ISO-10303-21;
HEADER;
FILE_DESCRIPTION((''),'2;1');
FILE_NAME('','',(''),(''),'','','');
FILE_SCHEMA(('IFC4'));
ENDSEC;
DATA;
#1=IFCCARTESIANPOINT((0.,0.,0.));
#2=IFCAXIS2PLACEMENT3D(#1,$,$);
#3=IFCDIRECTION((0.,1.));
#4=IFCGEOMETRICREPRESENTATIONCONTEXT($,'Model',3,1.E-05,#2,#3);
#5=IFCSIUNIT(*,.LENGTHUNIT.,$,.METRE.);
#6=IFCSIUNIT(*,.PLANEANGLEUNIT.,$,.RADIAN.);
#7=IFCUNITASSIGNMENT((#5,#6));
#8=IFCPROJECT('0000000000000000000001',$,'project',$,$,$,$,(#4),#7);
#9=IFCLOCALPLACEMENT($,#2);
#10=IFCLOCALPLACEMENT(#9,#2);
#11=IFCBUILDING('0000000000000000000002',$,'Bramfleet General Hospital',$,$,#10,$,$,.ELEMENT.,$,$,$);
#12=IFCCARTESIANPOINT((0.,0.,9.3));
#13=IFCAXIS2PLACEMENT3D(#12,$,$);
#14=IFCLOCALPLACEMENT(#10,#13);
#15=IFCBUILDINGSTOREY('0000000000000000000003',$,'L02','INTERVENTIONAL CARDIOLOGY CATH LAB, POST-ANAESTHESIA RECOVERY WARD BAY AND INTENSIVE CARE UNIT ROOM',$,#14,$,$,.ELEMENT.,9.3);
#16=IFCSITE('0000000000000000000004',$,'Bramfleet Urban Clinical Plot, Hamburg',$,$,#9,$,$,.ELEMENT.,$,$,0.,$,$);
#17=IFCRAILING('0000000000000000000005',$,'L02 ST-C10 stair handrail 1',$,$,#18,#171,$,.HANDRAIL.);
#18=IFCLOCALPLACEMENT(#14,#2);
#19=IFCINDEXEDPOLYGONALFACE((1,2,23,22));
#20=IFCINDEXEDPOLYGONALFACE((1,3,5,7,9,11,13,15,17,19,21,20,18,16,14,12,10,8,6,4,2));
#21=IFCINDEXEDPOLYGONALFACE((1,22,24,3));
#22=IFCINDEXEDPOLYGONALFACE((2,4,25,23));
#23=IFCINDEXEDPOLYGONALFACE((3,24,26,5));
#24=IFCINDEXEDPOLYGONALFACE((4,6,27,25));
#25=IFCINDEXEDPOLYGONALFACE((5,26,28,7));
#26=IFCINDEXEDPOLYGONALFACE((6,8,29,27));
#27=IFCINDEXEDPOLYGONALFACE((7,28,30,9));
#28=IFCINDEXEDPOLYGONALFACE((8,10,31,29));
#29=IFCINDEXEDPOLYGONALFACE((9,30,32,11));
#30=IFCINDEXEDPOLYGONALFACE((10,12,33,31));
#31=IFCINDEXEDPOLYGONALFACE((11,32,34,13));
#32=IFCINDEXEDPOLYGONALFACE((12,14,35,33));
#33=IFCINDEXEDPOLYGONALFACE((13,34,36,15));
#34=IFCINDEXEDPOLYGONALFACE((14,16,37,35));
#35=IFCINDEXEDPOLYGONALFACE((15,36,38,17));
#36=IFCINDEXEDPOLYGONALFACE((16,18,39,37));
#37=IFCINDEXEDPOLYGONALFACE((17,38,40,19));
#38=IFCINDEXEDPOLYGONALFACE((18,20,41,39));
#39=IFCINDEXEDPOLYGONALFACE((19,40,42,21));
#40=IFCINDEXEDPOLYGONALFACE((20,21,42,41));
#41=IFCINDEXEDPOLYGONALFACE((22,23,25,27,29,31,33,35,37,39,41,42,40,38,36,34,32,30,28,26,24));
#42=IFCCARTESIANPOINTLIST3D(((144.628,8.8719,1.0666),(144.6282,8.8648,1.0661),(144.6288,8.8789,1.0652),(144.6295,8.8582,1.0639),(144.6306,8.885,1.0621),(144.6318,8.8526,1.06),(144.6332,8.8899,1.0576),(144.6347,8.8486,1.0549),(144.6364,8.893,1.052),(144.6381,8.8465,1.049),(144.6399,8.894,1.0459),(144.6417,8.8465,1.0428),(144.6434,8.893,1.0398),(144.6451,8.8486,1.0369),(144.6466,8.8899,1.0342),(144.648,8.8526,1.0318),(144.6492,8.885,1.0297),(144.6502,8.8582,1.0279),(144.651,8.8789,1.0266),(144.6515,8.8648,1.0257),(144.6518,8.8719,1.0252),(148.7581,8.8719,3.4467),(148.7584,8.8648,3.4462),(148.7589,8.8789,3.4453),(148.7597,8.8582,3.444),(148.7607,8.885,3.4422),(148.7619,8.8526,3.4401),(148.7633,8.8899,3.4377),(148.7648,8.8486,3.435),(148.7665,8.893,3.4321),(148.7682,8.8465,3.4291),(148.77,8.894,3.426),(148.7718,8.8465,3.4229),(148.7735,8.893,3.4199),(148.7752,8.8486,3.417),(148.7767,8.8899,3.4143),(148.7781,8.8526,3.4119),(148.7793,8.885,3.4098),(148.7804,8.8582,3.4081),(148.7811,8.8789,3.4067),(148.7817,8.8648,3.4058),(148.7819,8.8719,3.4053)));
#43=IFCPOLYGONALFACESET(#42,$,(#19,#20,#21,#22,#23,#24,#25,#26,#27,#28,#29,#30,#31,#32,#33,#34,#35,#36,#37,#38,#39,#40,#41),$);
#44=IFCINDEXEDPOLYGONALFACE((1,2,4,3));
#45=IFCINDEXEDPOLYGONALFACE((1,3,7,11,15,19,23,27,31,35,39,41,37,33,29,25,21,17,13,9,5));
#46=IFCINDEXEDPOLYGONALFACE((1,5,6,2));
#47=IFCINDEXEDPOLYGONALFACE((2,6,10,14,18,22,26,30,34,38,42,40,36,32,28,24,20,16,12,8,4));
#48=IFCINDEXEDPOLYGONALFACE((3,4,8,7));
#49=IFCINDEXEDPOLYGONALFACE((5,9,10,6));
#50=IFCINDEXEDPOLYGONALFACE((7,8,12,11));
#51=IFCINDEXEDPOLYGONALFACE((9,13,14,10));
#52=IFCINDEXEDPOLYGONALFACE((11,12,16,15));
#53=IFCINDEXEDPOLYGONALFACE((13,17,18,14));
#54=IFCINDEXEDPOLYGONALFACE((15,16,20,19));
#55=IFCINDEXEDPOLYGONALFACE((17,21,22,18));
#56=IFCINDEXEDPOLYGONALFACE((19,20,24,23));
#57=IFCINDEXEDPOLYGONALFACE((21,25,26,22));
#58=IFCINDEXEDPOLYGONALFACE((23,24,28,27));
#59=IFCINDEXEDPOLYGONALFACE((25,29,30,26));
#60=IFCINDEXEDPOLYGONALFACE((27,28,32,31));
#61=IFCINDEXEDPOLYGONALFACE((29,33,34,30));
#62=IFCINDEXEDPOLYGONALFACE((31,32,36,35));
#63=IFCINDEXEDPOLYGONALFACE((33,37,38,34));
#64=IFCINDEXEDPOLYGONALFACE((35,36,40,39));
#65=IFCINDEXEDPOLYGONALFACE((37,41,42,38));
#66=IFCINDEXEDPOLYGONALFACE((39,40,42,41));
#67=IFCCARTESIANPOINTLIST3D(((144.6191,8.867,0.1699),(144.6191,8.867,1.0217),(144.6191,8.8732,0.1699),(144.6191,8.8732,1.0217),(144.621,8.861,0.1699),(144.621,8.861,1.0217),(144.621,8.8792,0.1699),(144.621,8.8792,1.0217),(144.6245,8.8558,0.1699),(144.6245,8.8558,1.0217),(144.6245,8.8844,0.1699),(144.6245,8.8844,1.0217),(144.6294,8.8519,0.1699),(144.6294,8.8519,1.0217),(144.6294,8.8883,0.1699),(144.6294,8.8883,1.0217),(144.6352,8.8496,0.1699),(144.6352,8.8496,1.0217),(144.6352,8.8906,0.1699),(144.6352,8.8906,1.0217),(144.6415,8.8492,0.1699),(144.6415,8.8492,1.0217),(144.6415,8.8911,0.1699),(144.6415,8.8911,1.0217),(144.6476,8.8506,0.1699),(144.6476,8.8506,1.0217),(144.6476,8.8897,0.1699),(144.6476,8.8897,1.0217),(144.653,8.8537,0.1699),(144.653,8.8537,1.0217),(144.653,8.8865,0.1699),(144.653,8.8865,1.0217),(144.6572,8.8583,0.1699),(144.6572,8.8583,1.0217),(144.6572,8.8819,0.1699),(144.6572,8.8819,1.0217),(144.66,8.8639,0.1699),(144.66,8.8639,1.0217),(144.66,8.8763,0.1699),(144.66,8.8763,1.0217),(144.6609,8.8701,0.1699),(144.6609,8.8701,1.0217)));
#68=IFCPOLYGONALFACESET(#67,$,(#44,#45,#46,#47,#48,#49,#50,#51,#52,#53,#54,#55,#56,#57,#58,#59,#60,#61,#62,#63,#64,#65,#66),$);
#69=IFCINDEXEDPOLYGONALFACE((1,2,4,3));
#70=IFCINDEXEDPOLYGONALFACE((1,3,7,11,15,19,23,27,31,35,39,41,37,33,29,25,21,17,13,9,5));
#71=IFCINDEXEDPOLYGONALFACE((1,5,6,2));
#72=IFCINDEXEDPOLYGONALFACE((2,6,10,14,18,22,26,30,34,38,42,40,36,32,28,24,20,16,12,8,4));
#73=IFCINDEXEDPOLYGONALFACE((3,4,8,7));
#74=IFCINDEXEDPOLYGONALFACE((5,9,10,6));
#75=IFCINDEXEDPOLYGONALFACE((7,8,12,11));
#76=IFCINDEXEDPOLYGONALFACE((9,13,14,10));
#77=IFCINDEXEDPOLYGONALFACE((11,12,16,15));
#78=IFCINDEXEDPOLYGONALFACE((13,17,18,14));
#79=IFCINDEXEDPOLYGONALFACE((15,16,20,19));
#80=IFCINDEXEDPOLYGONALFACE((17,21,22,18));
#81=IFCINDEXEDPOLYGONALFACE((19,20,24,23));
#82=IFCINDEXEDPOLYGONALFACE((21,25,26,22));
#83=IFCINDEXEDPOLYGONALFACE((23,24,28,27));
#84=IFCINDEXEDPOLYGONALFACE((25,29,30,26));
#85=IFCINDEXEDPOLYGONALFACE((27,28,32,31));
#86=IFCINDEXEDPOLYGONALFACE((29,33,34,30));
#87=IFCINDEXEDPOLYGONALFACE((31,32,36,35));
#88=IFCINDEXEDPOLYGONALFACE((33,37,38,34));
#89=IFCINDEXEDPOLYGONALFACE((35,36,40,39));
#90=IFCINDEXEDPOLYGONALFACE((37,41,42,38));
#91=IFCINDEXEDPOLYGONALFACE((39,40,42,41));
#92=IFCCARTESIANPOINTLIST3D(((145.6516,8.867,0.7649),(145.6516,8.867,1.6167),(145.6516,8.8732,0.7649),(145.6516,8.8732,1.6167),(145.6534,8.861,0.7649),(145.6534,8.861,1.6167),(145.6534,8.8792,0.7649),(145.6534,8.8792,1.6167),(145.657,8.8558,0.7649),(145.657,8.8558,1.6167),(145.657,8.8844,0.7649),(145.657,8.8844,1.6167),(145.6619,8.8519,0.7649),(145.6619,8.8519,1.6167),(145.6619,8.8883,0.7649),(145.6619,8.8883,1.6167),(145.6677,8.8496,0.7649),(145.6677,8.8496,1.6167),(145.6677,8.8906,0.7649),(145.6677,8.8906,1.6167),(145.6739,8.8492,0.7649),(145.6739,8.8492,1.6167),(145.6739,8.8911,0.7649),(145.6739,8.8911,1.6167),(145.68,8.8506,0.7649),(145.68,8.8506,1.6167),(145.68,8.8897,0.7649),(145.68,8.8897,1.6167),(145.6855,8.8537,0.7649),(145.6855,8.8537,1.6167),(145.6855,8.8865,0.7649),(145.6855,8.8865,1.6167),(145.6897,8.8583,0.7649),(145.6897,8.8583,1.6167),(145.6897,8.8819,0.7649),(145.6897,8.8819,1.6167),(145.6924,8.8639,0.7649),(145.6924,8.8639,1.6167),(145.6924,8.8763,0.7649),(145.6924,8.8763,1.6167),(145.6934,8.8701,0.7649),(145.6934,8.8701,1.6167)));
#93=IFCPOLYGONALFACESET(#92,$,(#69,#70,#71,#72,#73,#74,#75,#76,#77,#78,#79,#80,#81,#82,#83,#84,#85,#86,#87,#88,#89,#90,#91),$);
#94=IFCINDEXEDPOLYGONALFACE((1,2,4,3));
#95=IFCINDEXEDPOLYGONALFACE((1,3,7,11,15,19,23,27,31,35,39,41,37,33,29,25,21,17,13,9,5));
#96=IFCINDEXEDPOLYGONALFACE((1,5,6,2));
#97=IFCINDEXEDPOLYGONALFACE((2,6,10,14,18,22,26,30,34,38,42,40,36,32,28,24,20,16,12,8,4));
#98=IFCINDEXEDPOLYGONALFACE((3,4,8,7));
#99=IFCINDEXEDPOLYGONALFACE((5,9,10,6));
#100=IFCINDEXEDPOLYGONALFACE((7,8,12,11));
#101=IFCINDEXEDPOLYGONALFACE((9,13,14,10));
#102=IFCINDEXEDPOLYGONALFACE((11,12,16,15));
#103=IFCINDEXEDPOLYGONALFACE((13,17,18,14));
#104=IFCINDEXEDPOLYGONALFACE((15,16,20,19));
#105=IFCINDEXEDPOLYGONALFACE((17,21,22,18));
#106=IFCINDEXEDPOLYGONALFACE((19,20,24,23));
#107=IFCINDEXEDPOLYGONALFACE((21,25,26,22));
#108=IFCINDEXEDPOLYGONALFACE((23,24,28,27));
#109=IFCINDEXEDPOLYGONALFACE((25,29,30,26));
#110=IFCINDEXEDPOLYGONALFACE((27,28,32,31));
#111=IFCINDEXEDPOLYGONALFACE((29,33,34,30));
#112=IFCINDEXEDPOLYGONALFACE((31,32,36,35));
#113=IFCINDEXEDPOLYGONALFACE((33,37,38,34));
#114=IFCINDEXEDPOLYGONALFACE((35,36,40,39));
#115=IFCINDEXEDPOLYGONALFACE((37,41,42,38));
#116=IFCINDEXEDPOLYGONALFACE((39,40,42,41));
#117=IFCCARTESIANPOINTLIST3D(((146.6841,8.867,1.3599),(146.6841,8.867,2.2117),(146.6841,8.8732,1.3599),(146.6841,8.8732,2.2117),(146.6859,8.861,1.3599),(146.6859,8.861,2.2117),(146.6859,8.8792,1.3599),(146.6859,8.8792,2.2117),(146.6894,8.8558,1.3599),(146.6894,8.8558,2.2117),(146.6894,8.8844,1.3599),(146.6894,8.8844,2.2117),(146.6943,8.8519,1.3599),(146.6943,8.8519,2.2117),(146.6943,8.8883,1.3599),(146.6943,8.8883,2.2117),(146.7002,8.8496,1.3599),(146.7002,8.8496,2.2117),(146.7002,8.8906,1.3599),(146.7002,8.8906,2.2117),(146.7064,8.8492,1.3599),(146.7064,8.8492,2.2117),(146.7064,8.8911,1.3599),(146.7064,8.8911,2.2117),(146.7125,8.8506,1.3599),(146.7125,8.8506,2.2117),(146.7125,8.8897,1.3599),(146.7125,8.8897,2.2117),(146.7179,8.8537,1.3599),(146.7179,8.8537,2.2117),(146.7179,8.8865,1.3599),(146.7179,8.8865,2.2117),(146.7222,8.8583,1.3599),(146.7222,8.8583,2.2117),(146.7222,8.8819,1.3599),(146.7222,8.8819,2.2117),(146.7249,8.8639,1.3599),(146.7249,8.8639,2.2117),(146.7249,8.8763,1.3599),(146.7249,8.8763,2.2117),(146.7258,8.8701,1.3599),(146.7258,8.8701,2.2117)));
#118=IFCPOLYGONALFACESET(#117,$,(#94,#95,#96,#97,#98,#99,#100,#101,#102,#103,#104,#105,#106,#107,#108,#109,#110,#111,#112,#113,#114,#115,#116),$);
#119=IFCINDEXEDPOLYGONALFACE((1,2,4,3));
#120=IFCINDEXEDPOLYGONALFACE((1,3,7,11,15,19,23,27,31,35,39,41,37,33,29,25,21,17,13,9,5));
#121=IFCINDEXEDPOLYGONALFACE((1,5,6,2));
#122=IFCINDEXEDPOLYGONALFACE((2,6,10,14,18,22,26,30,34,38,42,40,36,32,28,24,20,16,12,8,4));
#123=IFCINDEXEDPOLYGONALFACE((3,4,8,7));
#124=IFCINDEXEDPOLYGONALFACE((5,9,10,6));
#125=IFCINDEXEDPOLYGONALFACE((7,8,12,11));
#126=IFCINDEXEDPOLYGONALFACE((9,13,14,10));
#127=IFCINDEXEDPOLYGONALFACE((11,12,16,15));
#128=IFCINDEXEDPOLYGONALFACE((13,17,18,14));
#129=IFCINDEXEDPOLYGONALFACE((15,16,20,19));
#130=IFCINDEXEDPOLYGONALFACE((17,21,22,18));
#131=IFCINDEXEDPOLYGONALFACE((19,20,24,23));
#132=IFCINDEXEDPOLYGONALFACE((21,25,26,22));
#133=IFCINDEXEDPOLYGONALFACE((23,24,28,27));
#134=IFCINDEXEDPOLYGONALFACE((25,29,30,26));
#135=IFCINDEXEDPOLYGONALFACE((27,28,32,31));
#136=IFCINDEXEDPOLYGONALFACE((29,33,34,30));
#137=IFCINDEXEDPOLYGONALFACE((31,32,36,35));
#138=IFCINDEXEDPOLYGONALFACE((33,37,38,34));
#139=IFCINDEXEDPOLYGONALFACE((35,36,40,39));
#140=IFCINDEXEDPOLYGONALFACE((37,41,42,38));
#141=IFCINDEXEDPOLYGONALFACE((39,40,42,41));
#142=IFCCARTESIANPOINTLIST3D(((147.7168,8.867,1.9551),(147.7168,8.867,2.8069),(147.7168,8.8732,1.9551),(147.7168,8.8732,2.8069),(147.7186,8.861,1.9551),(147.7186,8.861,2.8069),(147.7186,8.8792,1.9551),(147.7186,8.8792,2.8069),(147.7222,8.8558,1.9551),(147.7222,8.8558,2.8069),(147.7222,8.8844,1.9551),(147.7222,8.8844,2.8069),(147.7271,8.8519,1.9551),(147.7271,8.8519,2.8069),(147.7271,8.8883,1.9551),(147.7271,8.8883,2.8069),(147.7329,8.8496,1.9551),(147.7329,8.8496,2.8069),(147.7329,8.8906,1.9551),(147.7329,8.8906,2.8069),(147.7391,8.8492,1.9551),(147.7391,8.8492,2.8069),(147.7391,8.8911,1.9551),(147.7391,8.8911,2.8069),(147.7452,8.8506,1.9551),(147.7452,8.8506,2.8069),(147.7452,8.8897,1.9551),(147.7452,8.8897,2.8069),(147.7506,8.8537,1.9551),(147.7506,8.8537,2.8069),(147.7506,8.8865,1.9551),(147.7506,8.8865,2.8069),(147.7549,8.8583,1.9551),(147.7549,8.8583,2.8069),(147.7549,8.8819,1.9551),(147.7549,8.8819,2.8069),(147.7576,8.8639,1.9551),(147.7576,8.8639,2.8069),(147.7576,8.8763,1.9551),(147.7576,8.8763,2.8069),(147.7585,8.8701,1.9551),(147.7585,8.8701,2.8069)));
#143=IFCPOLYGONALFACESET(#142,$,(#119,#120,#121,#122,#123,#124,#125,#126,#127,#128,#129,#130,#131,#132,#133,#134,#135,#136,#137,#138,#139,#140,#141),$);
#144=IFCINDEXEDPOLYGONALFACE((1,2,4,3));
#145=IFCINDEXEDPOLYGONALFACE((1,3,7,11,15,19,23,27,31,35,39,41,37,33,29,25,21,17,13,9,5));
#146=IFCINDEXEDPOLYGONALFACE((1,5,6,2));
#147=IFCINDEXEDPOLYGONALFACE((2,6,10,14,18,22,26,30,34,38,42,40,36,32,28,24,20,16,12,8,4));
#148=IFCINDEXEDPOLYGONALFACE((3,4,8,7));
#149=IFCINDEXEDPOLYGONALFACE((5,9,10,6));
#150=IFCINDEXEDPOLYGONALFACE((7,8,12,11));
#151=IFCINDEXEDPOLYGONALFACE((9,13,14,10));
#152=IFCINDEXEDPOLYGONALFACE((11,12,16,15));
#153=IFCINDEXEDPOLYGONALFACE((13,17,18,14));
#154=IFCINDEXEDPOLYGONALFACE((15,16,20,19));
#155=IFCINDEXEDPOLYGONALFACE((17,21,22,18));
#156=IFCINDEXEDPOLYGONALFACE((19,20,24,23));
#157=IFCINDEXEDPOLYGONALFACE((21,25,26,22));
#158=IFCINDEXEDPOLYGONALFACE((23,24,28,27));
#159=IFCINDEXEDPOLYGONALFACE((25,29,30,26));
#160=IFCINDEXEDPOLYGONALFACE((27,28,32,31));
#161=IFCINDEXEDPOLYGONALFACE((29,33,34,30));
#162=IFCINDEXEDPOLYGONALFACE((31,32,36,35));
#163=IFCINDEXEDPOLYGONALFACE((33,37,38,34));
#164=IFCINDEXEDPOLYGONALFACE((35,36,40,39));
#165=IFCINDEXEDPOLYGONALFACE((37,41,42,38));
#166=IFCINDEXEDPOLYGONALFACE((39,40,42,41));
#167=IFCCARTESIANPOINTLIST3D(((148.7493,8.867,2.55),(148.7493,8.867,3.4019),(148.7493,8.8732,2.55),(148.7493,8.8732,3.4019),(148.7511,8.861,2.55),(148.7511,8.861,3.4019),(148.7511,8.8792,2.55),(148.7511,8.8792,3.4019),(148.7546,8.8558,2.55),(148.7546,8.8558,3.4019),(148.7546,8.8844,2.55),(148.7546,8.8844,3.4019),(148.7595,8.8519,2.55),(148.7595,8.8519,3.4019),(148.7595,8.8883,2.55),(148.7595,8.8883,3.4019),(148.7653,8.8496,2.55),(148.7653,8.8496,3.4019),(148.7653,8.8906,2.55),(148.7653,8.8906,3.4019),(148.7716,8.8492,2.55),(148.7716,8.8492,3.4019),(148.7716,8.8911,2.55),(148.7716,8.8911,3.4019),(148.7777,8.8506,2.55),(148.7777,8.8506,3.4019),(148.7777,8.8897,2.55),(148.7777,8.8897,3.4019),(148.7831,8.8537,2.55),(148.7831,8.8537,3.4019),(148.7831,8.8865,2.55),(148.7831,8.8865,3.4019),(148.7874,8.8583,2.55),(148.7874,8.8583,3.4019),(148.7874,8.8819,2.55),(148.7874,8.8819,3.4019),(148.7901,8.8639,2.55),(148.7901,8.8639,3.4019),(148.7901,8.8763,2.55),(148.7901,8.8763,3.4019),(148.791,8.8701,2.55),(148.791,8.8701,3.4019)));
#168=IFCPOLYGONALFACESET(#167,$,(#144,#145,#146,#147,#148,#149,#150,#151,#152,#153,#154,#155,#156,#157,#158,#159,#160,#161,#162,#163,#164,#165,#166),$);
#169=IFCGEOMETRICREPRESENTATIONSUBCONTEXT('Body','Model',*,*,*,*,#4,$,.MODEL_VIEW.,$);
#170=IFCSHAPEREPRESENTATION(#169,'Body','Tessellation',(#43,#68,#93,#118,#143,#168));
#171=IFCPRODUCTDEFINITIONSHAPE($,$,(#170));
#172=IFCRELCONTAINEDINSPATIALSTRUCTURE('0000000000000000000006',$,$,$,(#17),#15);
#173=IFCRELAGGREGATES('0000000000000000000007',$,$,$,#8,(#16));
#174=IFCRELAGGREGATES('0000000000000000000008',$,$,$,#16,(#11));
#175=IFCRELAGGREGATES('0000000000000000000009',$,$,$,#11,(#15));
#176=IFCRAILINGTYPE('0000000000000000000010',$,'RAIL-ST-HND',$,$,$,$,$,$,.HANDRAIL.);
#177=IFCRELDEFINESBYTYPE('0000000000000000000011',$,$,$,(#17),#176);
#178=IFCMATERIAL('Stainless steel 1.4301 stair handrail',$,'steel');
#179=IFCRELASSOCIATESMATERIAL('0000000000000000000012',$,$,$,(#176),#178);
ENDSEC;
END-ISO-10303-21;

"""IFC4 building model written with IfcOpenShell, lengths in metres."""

from ifc_helpers import new_model, si_unit, direction, frame, origin, origin_2d, place, context, subcontext, project, spatial, circle, extrude, material, type_object, element, save


model = new_model("IFC4")

# Units and contexts
model_context = context("Model", 3, precision=1e-05, world=origin(), true_north=direction((0.0, 1.0)))
body_context = subcontext(model_context, "Body", "Model", "MODEL_VIEW")
ifc_project = project(units=[si_unit("LENGTHUNIT", "METRE"), si_unit("PLANEANGLEUNIT", "RADIAN")], contexts=[model_context])

# Site, building, storey
site_placement = place(None, origin())
site = spatial("IfcSite", under=ifc_project, at=site_placement, Name="Bramfleet Urban Clinical Plot, Hamburg", CompositionType="ELEMENT", RefElevation=0.0)
building_placement = place(site_placement, origin())
building = spatial("IfcBuilding", under=site, at=building_placement, Name="Bramfleet General Hospital", CompositionType="ELEMENT")
storey_placement = place(building_placement, frame((0.0, 0.0, 9.3)))
storey = spatial("IfcBuildingStorey", under=building, at=storey_placement, Name="L02", Description="INTERVENTIONAL CARDIOLOGY CATH LAB, POST-ANAESTHESIA RECOVERY WARD BAY AND INTENSIVE CARE UNIT ROOM", CompositionType="ELEMENT", Elevation=9.3)

# Railing
ifc_material_1 = material(Name="Stainless steel 1.4301 stair handrail", Category="steel")
railing_type_1 = type_object("IfcRailingType", Name="RAIL-ST-HND", PredefinedType="HANDRAIL", material=ifc_material_1)
railing_1_placement = place(storey_placement, frame((144.6399, 8.8701, 0.1699)))
element("IfcRailing", 1, at=railing_1_placement, inside=storey, type_object=railing_type_1, Name="L02 ST-C10 stair handrail 1", PredefinedType="HANDRAIL", context=body_context, shape_type="SweptSolid", body=[
    extrude(circle(Radius=0.0239, at=origin_2d()), frame((0.0, 0.0, 0.876), z_axis=(0.866425, 0.0, 0.499307), x_axis=(0.0, 1.0, 0.0)), (0.0, 0.0, 1.0), 4.7668),
    extrude(circle(Radius=0.021, at=origin_2d()), origin(), (0.0, 0.0, 1.0), 0.8518),
    extrude(circle(Radius=0.021, at=origin_2d()), frame((1.0325, 0.0, 0.595)), (0.0, 0.0, 1.0), 0.8518),
    extrude(circle(Radius=0.021, at=origin_2d()), frame((2.0649, 0.0, 1.1899)), (0.0, 0.0, 1.0), 0.8518),
    extrude(circle(Radius=0.021, at=origin_2d()), frame((3.0977, 0.0, 1.7852)), (0.0, 0.0, 1.0), 0.8518),
    extrude(circle(Radius=0.021, at=origin_2d()), frame((4.1301, 0.0, 2.3801)), (0.0, 0.0, 1.0), 0.8518),
])

save(model, "model.ifc")
